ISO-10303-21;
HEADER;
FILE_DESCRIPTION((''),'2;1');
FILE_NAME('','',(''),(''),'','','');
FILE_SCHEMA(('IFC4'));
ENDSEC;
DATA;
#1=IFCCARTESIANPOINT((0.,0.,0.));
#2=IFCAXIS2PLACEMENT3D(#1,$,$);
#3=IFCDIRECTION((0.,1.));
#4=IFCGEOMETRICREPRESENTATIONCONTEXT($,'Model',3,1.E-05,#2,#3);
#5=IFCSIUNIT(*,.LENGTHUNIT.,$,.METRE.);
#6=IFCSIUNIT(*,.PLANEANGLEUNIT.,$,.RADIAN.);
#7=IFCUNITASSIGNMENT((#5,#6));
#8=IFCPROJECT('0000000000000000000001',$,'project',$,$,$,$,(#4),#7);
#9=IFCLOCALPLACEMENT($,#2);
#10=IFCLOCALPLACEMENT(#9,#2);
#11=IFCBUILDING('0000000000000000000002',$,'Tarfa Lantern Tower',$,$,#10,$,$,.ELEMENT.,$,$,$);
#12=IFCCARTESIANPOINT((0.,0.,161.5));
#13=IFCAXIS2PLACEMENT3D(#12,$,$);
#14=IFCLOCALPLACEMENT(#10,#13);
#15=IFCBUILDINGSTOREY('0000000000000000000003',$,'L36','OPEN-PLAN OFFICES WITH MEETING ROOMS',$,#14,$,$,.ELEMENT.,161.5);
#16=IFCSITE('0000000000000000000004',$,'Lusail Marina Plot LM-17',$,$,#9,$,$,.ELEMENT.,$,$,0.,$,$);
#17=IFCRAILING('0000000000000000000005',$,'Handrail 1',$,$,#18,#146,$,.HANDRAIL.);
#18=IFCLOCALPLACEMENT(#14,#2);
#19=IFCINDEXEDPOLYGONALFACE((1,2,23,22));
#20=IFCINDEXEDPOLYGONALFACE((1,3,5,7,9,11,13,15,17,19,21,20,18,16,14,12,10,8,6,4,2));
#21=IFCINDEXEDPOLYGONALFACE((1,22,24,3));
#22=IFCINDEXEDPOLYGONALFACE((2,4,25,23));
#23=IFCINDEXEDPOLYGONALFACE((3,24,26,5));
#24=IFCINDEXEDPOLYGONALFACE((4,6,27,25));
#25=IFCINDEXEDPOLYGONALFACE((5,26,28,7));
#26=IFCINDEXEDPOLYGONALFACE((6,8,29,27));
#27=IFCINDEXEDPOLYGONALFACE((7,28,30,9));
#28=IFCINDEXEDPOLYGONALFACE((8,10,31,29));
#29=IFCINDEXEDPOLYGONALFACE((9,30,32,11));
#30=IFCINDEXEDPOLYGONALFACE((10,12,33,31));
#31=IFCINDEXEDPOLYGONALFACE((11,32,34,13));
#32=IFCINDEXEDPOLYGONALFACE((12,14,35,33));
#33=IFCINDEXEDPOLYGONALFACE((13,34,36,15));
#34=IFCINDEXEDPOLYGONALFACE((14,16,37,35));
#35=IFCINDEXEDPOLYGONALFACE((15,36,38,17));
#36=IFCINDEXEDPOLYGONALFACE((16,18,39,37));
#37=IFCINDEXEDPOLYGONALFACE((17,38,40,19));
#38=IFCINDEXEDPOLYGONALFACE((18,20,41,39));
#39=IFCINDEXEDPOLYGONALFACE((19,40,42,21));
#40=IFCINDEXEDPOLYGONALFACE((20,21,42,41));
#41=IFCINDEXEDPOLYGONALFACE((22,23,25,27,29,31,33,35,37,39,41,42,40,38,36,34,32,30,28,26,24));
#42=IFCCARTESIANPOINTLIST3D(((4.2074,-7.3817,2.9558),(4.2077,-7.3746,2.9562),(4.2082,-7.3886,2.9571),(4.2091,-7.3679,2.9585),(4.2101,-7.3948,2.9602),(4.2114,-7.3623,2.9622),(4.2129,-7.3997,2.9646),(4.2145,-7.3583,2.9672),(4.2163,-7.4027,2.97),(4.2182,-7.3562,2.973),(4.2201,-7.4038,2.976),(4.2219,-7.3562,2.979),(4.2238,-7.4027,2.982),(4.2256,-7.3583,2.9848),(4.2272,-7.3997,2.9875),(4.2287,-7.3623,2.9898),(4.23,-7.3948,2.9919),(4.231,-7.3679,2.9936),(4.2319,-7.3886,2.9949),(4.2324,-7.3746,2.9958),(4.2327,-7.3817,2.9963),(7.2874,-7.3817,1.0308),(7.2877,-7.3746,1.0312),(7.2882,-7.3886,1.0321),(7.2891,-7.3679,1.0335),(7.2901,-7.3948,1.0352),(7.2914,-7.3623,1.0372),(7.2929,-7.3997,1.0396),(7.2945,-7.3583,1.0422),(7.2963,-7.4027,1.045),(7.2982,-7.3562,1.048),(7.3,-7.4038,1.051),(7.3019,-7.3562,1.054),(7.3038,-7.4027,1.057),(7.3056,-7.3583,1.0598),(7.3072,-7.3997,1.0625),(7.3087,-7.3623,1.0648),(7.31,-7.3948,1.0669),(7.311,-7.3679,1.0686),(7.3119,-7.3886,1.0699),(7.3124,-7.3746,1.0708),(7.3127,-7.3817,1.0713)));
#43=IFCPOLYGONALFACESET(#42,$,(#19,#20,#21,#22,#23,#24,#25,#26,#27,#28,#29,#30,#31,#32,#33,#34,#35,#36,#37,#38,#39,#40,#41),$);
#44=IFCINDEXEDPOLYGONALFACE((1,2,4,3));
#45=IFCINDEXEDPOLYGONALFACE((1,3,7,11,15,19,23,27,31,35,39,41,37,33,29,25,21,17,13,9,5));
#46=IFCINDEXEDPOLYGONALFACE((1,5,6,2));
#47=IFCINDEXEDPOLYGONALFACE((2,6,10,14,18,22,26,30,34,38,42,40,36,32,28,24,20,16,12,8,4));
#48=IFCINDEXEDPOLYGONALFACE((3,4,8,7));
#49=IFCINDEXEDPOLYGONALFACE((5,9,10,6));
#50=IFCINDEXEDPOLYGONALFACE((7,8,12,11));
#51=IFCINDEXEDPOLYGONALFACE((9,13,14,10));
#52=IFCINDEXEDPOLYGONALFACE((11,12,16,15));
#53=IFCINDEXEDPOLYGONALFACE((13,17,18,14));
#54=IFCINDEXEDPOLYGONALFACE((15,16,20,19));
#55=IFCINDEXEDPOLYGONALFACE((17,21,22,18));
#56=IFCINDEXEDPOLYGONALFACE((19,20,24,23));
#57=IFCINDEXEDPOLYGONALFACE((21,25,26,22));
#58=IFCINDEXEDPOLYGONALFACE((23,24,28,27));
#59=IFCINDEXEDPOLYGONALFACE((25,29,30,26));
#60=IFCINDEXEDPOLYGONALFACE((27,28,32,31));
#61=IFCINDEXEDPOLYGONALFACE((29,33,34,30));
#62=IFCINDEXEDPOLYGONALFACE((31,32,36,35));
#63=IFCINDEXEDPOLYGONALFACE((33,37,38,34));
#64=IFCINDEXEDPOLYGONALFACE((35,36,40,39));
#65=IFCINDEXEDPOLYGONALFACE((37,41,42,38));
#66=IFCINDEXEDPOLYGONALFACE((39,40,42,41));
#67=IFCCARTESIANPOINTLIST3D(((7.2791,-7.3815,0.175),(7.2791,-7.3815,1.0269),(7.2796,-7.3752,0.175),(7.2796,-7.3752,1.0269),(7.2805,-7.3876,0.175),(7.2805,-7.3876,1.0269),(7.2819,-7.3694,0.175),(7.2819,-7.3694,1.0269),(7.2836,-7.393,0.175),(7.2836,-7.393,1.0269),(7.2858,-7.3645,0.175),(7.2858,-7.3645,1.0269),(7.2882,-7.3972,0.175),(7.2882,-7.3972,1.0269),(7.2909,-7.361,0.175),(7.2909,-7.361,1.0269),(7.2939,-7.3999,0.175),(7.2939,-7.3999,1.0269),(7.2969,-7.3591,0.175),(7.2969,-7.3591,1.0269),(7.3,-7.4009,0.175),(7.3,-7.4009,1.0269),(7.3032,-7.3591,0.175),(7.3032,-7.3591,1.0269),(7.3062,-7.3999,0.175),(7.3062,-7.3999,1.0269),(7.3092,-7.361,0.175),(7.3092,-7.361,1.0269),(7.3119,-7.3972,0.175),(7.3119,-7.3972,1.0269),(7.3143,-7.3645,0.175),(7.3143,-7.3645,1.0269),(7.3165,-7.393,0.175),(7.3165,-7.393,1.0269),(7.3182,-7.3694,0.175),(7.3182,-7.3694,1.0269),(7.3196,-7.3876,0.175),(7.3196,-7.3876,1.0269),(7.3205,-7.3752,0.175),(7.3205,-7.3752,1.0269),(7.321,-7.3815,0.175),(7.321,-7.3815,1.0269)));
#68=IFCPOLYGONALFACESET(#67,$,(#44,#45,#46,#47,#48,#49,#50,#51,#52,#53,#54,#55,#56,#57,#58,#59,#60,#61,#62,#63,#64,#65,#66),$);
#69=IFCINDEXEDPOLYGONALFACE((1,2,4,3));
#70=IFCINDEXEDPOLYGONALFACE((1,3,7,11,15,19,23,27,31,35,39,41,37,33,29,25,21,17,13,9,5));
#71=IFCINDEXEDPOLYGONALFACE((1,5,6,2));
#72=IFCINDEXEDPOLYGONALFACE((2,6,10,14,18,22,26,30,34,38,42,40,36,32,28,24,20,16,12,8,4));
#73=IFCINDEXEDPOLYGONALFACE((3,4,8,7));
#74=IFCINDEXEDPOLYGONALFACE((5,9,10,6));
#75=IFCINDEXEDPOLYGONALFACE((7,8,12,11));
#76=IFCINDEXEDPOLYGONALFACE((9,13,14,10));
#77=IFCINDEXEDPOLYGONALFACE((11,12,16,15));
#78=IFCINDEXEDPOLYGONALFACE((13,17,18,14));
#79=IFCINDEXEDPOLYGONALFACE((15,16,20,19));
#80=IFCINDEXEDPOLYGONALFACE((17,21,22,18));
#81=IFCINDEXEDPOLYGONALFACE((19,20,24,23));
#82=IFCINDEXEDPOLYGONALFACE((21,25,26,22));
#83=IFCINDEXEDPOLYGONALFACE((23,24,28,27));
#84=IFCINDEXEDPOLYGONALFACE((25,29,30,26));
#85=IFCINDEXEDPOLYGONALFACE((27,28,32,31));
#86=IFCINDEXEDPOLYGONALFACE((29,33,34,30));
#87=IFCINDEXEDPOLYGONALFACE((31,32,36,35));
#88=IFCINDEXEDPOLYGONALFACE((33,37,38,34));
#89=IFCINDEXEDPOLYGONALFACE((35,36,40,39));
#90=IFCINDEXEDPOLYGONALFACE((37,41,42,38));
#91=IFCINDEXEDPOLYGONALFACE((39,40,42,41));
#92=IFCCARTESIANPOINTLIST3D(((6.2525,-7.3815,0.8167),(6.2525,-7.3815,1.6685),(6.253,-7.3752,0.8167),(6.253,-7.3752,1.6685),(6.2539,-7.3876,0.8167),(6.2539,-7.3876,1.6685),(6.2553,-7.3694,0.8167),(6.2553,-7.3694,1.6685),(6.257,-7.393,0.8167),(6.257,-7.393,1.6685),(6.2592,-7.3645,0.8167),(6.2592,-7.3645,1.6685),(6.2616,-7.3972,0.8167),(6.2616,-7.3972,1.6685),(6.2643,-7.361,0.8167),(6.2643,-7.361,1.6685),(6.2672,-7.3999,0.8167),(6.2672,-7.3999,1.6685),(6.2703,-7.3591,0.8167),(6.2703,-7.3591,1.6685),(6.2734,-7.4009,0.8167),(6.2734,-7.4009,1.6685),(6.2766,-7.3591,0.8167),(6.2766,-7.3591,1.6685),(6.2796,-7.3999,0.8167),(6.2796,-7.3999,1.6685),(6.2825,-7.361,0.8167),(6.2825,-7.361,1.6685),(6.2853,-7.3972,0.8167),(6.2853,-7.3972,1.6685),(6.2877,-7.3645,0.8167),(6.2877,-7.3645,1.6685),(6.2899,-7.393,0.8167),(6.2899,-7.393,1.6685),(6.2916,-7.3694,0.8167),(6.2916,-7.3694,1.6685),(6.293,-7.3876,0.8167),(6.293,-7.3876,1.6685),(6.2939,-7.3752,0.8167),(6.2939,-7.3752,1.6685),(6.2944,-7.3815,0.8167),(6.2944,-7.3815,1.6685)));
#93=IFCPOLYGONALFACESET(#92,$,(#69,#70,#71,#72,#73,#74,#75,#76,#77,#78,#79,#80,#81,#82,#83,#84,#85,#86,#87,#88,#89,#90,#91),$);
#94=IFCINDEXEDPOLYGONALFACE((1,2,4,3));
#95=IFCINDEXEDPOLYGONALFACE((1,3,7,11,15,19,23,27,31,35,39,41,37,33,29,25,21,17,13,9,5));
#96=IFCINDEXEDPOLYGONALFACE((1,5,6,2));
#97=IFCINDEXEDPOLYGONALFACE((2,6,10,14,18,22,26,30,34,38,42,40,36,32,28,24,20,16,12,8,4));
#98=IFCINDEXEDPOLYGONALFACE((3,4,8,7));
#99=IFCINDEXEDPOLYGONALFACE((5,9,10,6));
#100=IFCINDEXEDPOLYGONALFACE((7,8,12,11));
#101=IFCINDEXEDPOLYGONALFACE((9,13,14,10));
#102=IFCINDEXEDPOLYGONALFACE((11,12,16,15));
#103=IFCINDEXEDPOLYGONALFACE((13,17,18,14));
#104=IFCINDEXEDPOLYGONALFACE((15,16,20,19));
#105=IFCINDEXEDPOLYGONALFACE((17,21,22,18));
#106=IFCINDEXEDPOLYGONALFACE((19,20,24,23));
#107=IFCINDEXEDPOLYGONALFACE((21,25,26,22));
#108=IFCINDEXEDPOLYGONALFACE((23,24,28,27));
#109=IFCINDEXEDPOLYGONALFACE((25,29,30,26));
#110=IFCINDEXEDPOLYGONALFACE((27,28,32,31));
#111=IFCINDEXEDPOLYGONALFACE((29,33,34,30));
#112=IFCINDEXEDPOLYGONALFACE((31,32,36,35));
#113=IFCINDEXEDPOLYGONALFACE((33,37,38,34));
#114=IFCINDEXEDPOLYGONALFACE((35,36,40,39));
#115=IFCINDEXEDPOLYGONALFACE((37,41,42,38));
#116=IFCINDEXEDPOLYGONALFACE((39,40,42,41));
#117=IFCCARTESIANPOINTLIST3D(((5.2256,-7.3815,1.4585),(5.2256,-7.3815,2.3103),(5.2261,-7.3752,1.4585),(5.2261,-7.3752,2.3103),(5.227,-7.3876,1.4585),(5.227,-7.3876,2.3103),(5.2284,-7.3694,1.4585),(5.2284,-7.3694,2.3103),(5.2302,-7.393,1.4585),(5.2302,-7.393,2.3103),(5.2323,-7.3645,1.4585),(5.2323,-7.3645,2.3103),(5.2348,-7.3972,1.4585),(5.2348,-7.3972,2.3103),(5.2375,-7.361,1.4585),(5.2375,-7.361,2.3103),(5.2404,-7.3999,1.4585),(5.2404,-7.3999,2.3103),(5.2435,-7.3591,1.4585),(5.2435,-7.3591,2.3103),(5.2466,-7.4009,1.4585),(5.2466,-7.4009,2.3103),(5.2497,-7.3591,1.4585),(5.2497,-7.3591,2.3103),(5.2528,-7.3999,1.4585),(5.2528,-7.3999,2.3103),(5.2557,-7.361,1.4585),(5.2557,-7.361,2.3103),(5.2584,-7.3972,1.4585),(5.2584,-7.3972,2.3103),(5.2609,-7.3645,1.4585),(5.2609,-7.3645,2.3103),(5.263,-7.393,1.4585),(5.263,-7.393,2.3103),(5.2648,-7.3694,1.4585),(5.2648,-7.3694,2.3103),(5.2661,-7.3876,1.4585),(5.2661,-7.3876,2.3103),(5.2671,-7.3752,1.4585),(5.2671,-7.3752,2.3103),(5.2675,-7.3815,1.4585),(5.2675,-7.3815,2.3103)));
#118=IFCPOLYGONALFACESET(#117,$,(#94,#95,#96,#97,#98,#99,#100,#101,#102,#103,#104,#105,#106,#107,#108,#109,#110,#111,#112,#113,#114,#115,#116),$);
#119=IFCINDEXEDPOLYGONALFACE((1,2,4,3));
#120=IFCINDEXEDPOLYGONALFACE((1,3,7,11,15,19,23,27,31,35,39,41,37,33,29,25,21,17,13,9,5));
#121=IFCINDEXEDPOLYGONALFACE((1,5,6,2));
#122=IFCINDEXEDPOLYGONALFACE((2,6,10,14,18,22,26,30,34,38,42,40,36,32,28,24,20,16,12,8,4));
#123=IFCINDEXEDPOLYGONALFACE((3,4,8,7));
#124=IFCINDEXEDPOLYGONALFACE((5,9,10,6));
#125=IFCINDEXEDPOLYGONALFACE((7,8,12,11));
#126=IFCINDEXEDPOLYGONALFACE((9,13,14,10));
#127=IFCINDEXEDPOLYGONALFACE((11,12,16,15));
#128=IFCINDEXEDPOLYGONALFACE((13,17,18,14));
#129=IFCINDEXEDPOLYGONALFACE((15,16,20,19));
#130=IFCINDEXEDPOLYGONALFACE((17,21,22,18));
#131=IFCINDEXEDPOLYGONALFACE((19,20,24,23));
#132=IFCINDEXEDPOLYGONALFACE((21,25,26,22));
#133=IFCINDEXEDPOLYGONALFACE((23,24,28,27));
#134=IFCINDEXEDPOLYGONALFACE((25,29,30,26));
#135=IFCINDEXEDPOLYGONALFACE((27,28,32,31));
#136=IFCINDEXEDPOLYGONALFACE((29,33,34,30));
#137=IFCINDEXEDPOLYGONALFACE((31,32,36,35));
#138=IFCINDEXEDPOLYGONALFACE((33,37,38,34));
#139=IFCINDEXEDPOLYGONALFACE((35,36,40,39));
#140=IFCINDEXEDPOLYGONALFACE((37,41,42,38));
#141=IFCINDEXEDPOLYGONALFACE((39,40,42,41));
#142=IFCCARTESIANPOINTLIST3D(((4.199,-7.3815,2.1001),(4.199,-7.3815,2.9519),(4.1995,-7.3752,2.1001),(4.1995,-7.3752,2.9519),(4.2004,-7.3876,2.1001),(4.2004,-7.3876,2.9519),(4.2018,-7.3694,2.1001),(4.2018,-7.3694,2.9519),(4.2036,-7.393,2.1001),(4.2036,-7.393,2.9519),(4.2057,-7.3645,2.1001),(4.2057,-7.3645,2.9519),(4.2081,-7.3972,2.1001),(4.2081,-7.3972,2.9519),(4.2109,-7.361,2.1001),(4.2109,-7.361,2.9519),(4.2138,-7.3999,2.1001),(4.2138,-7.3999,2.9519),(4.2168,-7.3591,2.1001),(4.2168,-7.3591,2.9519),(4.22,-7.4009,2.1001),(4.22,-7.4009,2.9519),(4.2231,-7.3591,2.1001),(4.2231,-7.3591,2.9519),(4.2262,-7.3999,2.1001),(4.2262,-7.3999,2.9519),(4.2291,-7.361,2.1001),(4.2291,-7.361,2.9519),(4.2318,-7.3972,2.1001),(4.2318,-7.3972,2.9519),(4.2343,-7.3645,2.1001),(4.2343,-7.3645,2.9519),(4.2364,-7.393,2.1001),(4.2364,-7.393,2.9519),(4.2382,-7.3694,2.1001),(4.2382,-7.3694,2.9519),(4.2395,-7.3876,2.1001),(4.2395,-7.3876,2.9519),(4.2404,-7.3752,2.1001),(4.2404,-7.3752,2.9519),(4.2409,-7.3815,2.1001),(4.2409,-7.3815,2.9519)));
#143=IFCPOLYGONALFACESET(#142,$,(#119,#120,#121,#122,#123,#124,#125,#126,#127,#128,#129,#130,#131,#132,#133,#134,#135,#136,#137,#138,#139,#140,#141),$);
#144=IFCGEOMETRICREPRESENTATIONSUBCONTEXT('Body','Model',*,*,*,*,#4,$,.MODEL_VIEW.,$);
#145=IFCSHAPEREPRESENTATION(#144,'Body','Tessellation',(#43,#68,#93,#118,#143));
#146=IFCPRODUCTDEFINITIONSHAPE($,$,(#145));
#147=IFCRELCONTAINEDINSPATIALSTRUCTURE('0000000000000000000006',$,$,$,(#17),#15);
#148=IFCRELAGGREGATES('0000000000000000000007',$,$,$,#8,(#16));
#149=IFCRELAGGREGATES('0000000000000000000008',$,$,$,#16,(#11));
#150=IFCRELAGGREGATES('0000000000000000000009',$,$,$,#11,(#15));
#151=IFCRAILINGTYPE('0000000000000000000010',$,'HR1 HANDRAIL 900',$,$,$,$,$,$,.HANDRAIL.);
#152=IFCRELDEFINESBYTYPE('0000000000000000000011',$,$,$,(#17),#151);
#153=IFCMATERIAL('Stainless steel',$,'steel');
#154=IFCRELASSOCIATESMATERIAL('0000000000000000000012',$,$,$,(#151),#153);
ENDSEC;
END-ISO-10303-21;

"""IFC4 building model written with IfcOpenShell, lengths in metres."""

from ifc_helpers import new_model, si_unit, direction, frame, origin, origin_2d, place, context, subcontext, project, spatial, circle, extrude, material, type_object, element, save


model = new_model("IFC4")

# Units and contexts
model_context = context("Model", 3, precision=1e-05, world=origin(), true_north=direction((0.0, 1.0)))
body_context = subcontext(model_context, "Body", "Model", "MODEL_VIEW")
ifc_project = project(units=[si_unit("LENGTHUNIT", "METRE"), si_unit("PLANEANGLEUNIT", "RADIAN")], contexts=[model_context])

# Site, building, storey
site_placement = place(None, origin())
site = spatial("IfcSite", under=ifc_project, at=site_placement, Name="Lusail Marina Plot LM-17", CompositionType="ELEMENT", RefElevation=0.0)
building_placement = place(site_placement, origin())
building = spatial("IfcBuilding", under=site, at=building_placement, Name="Tarfa Lantern Tower", CompositionType="ELEMENT")
storey_placement = place(building_placement, frame((0.0, 0.0, 161.5)))
storey = spatial("IfcBuildingStorey", under=building, at=storey_placement, Name="L36", Description="OPEN-PLAN OFFICES WITH MEETING ROOMS", CompositionType="ELEMENT", Elevation=161.5)

# Railing
ifc_material_1 = material(Name="Stainless steel", Category="steel")
railing_type = type_object("IfcRailingType", Name="HR1 HANDRAIL 900", PredefinedType="HANDRAIL", material=ifc_material_1)
railing_1_placement = place(storey_placement, frame((7.3, -7.3799, 0.175)))
element("IfcRailing", 1, at=railing_1_placement, inside=storey, type_object=railing_type, Name="Handrail 1", PredefinedType="HANDRAIL", context=body_context, shape_type="SweptSolid", body=[
    extrude(circle(Radius=0.0239, at=origin_2d()), frame((0.0, 0.0, 0.876), z_axis=(-0.847998, 0.0, 0.529999), x_axis=(0.0, -1.0, 0.0)), (0.0, 0.0, 1.0), 3.6321),
    extrude(circle(Radius=0.021, at=origin_2d()), frame((0.0, 0.0, 0.0), z_axis=(0.0, 0.0, 1.0), x_axis=(0.0, -1.0, 0.0)), (0.0, 0.0, 1.0), 0.8518),
    extrude(circle(Radius=0.021, at=origin_2d()), frame((-1.0266, 0.0, 0.6416), z_axis=(0.0, 0.0, 1.0), x_axis=(0.0, -1.0, 0.0)), (0.0, 0.0, 1.0), 0.8518),
    extrude(circle(Radius=0.021, at=origin_2d()), frame((-2.0535, 0.0, 1.2834), z_axis=(0.0, 0.0, 1.0), x_axis=(0.0, -1.0, 0.0)), (0.0, 0.0, 1.0), 0.8518),
    extrude(circle(Radius=0.021, at=origin_2d()), frame((-3.0801, 0.0, 1.925), z_axis=(0.0, 0.0, 1.0), x_axis=(0.0, -1.0, 0.0)), (0.0, 0.0, 1.0), 0.8518),
])

save(model, "model.ifc")
